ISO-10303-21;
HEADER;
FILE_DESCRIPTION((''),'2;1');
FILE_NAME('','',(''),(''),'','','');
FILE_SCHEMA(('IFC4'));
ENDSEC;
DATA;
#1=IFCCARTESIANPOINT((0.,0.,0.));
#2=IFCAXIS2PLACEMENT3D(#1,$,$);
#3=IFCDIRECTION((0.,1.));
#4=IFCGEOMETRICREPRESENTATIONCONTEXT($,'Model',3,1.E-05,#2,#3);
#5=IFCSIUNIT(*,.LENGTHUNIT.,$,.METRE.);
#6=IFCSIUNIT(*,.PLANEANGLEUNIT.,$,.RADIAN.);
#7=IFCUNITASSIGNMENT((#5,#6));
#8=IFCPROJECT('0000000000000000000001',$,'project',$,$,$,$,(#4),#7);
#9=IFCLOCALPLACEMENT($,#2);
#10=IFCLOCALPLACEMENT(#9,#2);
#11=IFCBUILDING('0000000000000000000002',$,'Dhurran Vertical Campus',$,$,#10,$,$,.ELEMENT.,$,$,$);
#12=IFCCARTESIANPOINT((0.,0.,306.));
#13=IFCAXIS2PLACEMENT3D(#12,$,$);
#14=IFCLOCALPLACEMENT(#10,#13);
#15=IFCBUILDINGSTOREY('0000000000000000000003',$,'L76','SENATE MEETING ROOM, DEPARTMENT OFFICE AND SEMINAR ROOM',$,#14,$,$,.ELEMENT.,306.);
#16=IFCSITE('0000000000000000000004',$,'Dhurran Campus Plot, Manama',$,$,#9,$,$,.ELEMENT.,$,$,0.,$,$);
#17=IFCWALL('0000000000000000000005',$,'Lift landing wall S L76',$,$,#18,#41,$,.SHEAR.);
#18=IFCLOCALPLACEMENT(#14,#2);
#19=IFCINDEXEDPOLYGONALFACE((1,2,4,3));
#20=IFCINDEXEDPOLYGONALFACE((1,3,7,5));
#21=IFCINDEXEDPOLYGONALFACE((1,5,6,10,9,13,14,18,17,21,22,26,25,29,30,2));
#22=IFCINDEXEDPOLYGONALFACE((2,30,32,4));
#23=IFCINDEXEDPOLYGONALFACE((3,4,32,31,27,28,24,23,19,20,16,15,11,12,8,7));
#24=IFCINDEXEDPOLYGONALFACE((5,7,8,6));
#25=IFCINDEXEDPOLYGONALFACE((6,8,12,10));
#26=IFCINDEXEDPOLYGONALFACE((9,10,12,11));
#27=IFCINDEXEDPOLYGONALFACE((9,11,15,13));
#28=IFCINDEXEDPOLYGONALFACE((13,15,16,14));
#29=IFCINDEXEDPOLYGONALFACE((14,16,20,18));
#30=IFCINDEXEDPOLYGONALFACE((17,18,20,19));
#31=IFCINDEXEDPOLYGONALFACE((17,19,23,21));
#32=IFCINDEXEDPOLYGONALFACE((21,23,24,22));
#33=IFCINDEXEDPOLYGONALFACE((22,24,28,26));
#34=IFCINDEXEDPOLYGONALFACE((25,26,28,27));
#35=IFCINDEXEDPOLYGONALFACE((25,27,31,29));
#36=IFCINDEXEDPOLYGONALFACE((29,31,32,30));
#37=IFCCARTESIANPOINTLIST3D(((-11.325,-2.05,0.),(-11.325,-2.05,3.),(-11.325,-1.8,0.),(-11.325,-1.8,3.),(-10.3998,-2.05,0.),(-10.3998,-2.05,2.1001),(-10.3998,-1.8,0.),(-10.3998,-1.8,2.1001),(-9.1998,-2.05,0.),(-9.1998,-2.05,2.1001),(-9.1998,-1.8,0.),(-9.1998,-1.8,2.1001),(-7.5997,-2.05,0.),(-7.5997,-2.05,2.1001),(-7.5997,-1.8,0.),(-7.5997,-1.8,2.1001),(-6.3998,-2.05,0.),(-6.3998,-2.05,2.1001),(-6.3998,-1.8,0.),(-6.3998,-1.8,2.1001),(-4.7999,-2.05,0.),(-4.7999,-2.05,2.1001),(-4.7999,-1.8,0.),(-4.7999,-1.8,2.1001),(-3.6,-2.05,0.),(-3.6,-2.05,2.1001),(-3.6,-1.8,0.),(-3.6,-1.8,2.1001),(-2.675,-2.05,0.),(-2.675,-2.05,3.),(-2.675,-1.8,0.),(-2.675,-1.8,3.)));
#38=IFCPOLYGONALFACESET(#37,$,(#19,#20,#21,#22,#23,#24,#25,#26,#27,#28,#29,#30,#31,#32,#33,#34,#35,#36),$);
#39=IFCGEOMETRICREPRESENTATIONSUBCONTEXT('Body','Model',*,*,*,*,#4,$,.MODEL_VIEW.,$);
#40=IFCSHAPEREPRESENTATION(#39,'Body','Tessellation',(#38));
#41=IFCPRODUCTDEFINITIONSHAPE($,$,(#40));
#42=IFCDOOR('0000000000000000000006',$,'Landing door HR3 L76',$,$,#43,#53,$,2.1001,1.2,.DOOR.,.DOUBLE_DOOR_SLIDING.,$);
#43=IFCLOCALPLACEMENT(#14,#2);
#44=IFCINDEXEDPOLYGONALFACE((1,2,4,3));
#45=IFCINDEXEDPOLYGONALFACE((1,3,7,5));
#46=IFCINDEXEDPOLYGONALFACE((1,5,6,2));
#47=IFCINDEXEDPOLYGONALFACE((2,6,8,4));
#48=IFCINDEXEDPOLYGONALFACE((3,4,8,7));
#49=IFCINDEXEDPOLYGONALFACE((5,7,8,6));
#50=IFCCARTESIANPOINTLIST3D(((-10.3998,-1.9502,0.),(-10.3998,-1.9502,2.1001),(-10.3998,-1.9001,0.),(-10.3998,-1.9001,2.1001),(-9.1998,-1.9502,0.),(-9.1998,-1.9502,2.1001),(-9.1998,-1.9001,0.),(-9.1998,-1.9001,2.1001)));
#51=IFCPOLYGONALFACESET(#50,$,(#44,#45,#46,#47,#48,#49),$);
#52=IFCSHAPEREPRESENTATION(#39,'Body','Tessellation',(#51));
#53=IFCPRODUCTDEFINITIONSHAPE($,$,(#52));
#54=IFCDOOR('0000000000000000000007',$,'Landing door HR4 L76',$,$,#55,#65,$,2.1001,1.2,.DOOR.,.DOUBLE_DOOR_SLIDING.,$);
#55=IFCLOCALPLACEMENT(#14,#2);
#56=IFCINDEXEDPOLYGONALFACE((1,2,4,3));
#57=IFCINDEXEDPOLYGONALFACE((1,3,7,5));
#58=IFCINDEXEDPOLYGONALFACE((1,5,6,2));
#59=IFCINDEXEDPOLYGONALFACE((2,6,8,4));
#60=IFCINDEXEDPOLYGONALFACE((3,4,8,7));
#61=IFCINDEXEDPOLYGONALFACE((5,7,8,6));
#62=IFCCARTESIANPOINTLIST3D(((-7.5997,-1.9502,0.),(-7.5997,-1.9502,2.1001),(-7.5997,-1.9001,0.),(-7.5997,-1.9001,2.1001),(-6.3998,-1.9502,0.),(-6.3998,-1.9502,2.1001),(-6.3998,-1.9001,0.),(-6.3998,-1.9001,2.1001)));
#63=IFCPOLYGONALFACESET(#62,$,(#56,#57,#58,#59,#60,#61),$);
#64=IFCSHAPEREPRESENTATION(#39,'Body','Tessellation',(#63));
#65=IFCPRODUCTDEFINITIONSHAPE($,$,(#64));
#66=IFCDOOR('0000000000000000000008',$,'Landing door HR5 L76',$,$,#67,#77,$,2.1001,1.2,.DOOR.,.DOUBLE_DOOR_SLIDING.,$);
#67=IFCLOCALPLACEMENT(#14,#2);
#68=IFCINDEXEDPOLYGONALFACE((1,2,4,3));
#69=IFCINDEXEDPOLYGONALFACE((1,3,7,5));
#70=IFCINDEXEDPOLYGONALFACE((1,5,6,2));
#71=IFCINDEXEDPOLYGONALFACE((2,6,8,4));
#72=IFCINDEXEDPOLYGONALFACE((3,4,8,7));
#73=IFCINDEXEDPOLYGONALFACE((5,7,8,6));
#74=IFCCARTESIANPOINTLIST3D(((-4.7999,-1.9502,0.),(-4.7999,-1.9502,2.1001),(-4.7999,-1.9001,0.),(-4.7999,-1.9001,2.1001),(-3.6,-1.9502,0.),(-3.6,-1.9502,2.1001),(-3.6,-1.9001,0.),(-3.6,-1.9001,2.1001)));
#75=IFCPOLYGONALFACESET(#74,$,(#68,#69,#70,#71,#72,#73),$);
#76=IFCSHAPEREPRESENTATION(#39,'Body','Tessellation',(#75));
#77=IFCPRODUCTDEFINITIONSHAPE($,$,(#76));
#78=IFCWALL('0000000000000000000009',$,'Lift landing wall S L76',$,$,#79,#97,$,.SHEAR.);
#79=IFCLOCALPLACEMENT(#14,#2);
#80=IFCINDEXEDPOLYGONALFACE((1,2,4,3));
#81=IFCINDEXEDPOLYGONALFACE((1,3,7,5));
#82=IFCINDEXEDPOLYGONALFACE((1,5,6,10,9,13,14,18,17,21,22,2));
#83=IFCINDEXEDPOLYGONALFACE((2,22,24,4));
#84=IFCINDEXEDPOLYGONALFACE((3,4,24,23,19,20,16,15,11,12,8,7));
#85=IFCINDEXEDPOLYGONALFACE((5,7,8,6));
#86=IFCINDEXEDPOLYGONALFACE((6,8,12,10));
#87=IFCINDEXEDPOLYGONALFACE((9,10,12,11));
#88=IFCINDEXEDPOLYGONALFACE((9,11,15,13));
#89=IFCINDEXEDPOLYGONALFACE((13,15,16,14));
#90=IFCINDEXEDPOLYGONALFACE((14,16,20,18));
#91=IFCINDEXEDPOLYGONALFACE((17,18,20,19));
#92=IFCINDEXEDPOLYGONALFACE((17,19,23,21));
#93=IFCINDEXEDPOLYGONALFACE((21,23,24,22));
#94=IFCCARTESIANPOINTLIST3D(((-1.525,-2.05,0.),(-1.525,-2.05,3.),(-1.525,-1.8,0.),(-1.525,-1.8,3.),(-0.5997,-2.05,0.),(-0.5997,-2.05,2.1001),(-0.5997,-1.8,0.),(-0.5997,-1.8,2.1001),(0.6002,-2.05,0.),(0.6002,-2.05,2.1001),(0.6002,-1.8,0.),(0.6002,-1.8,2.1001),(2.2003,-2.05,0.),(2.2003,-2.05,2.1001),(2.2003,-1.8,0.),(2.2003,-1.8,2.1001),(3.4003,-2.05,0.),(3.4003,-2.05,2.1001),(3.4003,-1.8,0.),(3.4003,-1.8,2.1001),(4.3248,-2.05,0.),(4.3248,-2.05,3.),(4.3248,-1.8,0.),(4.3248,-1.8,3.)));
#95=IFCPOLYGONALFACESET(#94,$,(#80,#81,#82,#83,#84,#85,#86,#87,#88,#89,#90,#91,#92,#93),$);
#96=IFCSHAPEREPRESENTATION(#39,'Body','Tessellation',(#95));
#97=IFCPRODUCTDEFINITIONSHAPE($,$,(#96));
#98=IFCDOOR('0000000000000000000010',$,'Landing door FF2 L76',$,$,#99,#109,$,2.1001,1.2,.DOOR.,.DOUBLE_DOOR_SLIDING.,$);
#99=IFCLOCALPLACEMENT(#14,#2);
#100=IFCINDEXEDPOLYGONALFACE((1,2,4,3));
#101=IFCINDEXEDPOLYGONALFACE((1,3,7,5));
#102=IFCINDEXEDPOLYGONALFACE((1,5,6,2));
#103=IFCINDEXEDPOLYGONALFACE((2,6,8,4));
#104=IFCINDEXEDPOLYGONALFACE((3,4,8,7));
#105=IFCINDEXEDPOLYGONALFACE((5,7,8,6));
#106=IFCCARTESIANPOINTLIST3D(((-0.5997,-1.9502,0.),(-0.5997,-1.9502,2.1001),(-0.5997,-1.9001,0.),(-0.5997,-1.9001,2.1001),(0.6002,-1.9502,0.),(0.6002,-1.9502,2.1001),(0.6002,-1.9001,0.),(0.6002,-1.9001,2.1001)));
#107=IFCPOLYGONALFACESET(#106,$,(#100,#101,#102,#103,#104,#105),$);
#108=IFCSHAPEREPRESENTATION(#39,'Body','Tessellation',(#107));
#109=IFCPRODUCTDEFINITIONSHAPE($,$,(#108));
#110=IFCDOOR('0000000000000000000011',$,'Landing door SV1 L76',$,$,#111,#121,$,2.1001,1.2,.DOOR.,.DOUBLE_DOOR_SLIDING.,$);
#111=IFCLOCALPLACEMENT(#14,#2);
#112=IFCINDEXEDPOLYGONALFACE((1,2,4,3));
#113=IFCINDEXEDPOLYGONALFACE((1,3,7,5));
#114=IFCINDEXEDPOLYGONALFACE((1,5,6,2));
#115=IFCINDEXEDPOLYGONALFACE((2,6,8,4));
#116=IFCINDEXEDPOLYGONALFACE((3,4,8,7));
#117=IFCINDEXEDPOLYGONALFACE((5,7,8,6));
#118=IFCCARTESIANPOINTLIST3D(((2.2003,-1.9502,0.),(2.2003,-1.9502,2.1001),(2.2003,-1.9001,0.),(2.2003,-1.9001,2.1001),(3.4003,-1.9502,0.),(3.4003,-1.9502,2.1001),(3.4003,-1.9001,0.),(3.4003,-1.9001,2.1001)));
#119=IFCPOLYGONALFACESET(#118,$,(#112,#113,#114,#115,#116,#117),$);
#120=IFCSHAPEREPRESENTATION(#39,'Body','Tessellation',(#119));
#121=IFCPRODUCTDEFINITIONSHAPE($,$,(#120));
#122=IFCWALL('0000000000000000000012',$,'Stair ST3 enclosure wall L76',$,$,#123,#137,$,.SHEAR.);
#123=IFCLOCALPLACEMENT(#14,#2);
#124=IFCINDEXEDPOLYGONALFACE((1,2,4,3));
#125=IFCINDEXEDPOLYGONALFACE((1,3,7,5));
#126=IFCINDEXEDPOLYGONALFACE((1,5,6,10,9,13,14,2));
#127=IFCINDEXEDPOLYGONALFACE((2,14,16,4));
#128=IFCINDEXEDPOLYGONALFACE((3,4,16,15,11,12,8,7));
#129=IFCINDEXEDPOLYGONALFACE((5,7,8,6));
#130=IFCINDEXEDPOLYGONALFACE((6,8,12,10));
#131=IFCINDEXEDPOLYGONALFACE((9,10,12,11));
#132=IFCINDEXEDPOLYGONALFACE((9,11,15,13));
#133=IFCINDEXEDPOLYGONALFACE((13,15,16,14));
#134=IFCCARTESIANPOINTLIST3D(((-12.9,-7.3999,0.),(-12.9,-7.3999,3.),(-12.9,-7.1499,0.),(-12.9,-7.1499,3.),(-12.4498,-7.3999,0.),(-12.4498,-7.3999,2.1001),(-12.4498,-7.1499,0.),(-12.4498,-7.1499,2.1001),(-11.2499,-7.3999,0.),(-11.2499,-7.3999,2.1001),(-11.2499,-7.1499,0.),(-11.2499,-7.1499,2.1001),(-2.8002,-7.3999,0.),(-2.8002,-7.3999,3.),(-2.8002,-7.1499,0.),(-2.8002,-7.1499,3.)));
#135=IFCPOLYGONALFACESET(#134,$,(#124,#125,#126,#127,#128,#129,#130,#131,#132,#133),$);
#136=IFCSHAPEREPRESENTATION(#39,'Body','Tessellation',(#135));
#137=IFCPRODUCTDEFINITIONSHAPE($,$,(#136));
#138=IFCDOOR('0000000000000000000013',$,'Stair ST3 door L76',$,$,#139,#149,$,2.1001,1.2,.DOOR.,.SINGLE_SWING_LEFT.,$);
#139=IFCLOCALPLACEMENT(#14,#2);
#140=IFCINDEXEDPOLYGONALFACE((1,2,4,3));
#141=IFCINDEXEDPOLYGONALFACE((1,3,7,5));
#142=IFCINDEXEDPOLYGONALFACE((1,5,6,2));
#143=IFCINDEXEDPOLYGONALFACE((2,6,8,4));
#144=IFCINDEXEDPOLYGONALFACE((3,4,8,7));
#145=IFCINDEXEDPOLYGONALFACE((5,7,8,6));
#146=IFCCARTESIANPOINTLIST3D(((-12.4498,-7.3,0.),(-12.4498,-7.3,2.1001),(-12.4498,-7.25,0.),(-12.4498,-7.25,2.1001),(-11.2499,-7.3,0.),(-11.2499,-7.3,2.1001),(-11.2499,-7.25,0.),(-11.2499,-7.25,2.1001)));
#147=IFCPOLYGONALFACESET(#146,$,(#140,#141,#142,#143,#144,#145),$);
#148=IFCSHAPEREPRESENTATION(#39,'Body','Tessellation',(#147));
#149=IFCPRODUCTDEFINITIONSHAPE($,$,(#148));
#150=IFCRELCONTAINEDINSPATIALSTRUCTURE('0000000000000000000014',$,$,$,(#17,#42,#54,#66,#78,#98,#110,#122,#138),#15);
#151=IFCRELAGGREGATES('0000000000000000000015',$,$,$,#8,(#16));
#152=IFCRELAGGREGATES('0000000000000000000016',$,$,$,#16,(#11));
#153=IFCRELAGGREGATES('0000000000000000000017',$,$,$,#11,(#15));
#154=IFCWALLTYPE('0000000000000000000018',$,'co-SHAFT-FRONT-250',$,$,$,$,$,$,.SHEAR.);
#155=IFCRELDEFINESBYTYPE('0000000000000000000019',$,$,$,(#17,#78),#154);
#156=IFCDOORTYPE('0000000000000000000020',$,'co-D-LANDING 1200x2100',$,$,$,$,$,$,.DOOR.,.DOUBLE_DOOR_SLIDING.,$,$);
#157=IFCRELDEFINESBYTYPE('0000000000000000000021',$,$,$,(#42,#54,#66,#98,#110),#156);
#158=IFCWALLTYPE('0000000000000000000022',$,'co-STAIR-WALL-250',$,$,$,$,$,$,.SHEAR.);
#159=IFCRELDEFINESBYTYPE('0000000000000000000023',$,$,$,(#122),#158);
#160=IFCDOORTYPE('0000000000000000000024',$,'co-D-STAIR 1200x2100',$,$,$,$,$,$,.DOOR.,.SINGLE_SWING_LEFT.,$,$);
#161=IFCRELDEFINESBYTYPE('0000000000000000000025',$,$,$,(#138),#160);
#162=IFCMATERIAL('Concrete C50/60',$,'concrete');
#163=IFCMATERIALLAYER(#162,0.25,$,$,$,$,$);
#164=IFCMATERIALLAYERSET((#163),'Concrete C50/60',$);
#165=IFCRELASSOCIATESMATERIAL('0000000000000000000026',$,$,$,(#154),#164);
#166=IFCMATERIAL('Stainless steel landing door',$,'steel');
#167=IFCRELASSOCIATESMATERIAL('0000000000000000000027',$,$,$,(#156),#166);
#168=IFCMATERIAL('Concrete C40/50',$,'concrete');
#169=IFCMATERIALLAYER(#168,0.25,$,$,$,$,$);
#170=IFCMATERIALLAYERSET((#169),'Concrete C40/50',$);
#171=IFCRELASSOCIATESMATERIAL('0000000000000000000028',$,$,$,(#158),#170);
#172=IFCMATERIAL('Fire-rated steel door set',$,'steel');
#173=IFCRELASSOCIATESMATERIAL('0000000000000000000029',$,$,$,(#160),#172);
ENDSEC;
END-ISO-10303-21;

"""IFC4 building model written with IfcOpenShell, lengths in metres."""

from ifc_helpers import new_model, si_unit, direction, frame, frame_2d, origin, place, context, subcontext, project, spatial, rectangle, extrude, material, layer, layer_set, type_object, element, fill, save


model = new_model("IFC4")

# Units and contexts
model_context = context("Model", 3, precision=1e-05, world=origin(), true_north=direction((0.0, 1.0)))
body_context = subcontext(model_context, "Body", "Model", "MODEL_VIEW")
ifc_project = project(units=[si_unit("LENGTHUNIT", "METRE"), si_unit("PLANEANGLEUNIT", "RADIAN")], contexts=[model_context])

# Site, building, storey
site_placement = place(None, origin())
site = spatial("IfcSite", under=ifc_project, at=site_placement, Name="Dhurran Campus Plot, Manama", CompositionType="ELEMENT", RefElevation=0.0)
building_placement = place(site_placement, origin())
building = spatial("IfcBuilding", under=site, at=building_placement, Name="Dhurran Vertical Campus", CompositionType="ELEMENT")
storey_placement = place(building_placement, frame((0.0, 0.0, 306.0)))
storey = spatial("IfcBuildingStorey", under=building, at=storey_placement, Name="L76", Description="SENATE MEETING ROOM, DEPARTMENT OFFICE AND SEMINAR ROOM", CompositionType="ELEMENT", Elevation=306.0)

# Walls, openings, doors
ifc_material_1 = material(Name="Concrete C50/60", Category="concrete")
ifc_layer_1 = layer(ifc_material_1, 0.25)
ifc_layer_set_1 = layer_set([ifc_layer_1], Name="Concrete C50/60")
wall_type_1 = type_object("IfcWallType", Name="co-SHAFT-FRONT-250", PredefinedType="SHEAR", material=ifc_layer_set_1)
wall_1_placement = place(storey_placement, frame((-11.325, -1.925, 0.0), z_axis=(0.0, 0.0, 1.0), x_axis=(1.0, 0.0, 0.0)))
wall_1 = element("IfcWall", 1, at=wall_1_placement, inside=storey, type_object=wall_type_1, Name="Lift landing wall S L76", PredefinedType="SHEAR", context=body_context, shape_type="SweptSolid", body=[
    extrude(rectangle(XDim=8.6499, YDim=0.25, at=frame_2d((4.325, 0.0))), origin(), (0.0, 0.0, 1.0), 3.0),
])
opening_1_placement = place(wall_1_placement, frame((0.925, 0.0, 0.0)))
opening_1 = element("IfcOpeningElement", 2, at=opening_1_placement, cuts=wall_1, PredefinedType="OPENING", context=body_context, shape_type="SweptSolid", body=[
    extrude(rectangle(XDim=1.2, YDim=2.1001, at=frame_2d((0.6001, 1.05))), frame((0.0, 0.135, 0.0), z_axis=(0.0, -1.0, 0.0), x_axis=(1.0, 0.0, 0.0)), (0.0, 0.0, 1.0), 0.27),
])
opening_2_placement = place(wall_1_placement, frame((3.7251, 0.0, 0.0)))
opening_2 = element("IfcOpeningElement", 3, at=opening_2_placement, cuts=wall_1, PredefinedType="OPENING", context=body_context, shape_type="SweptSolid", body=[
    extrude(rectangle(XDim=1.2, YDim=2.1001, at=frame_2d((0.6001, 1.05))), frame((0.0, 0.135, 0.0), z_axis=(0.0, -1.0, 0.0), x_axis=(1.0, 0.0, 0.0)), (0.0, 0.0, 1.0), 0.27),
])
opening_3_placement = place(wall_1_placement, frame((6.5249, 0.0, 0.0)))
opening_3 = element("IfcOpeningElement", 4, at=opening_3_placement, cuts=wall_1, PredefinedType="OPENING", context=body_context, shape_type="SweptSolid", body=[
    extrude(rectangle(XDim=1.2, YDim=2.1001, at=frame_2d((0.6001, 1.05))), frame((0.0, 0.135, 0.0), z_axis=(0.0, -1.0, 0.0), x_axis=(1.0, 0.0, 0.0)), (0.0, 0.0, 1.0), 0.27),
])
ifc_material_2 = material(Name="Stainless steel landing door", Category="steel")
door_type_1 = type_object("IfcDoorType", Name="co-D-LANDING 1200x2100", OperationType="DOUBLE_DOOR_SLIDING", PredefinedType="DOOR", material=ifc_material_2)
door_1_placement = place(opening_1_placement, origin())
door_1 = element("IfcDoor", 5, at=door_1_placement, inside=storey, type_object=door_type_1, Name="Landing door HR3 L76", OperationType="DOUBLE_DOOR_SLIDING", OverallHeight=2.1001, OverallWidth=1.2, PredefinedType="DOOR", context=body_context, shape_type="SweptSolid", body=[
    extrude(rectangle(XDim=1.2, YDim=2.1001, at=frame_2d((0.6001, 1.05))), frame((0.0, 0.0249, 0.0), z_axis=(0.0, -1.0, 0.0), x_axis=(1.0, 0.0, 0.0)), (0.0, 0.0, 1.0), 0.05),
])
fill(opening_1, door_1)
door_2_placement = place(opening_2_placement, origin())
door_2 = element("IfcDoor", 6, at=door_2_placement, inside=storey, type_object=door_type_1, Name="Landing door HR4 L76", OperationType="DOUBLE_DOOR_SLIDING", OverallHeight=2.1001, OverallWidth=1.2, PredefinedType="DOOR", context=body_context, shape_type="SweptSolid", body=[
    extrude(rectangle(XDim=1.2, YDim=2.1001, at=frame_2d((0.6001, 1.05))), frame((0.0, 0.0249, 0.0), z_axis=(0.0, -1.0, 0.0), x_axis=(1.0, 0.0, 0.0)), (0.0, 0.0, 1.0), 0.05),
])
fill(opening_2, door_2)
door_3_placement = place(opening_3_placement, origin())
door_3 = element("IfcDoor", 7, at=door_3_placement, inside=storey, type_object=door_type_1, Name="Landing door HR5 L76", OperationType="DOUBLE_DOOR_SLIDING", OverallHeight=2.1001, OverallWidth=1.2, PredefinedType="DOOR", context=body_context, shape_type="SweptSolid", body=[
    extrude(rectangle(XDim=1.2, YDim=2.1001, at=frame_2d((0.6001, 1.05))), frame((0.0, 0.0249, 0.0), z_axis=(0.0, -1.0, 0.0), x_axis=(1.0, 0.0, 0.0)), (0.0, 0.0, 1.0), 0.05),
])
fill(opening_3, door_3)
wall_2_placement = place(storey_placement, frame((-1.5249, -1.925, 0.0), z_axis=(0.0, 0.0, 1.0), x_axis=(1.0, 0.0, 0.0)))
wall_2 = element("IfcWall", 8, at=wall_2_placement, inside=storey, type_object=wall_type_1, Name="Lift landing wall S L76", PredefinedType="SHEAR", context=body_context, shape_type="SweptSolid", body=[
    extrude(rectangle(XDim=5.8499, YDim=0.25, at=frame_2d((2.9248, 0.0))), origin(), (0.0, 0.0, 1.0), 3.0),
])
opening_4_placement = place(wall_2_placement, frame((0.925, 0.0, 0.0)))
opening_4 = element("IfcOpeningElement", 9, at=opening_4_placement, cuts=wall_2, PredefinedType="OPENING", context=body_context, shape_type="SweptSolid", body=[
    extrude(rectangle(XDim=1.2, YDim=2.1001, at=frame_2d((0.6001, 1.05))), frame((0.0, 0.135, 0.0), z_axis=(0.0, -1.0, 0.0), x_axis=(1.0, 0.0, 0.0)), (0.0, 0.0, 1.0), 0.27),
])
opening_5_placement = place(wall_2_placement, frame((3.7251, 0.0, 0.0)))
opening_5 = element("IfcOpeningElement", 10, at=opening_5_placement, cuts=wall_2, PredefinedType="OPENING", context=body_context, shape_type="SweptSolid", body=[
    extrude(rectangle(XDim=1.2, YDim=2.1001, at=frame_2d((0.6001, 1.05))), frame((0.0, 0.135, 0.0), z_axis=(0.0, -1.0, 0.0), x_axis=(1.0, 0.0, 0.0)), (0.0, 0.0, 1.0), 0.27),
])
door_4_placement = place(opening_4_placement, origin())
door_4 = element("IfcDoor", 11, at=door_4_placement, inside=storey, type_object=door_type_1, Name="Landing door FF2 L76", OperationType="DOUBLE_DOOR_SLIDING", OverallHeight=2.1001, OverallWidth=1.2, PredefinedType="DOOR", context=body_context, shape_type="SweptSolid", body=[
    extrude(rectangle(XDim=1.2, YDim=2.1001, at=frame_2d((0.6001, 1.05))), frame((0.0, 0.0249, 0.0), z_axis=(0.0, -1.0, 0.0), x_axis=(1.0, 0.0, 0.0)), (0.0, 0.0, 1.0), 0.05),
])
fill(opening_4, door_4)
door_5_placement = place(opening_5_placement, origin())
door_5 = element("IfcDoor", 12, at=door_5_placement, inside=storey, type_object=door_type_1, Name="Landing door SV1 L76", OperationType="DOUBLE_DOOR_SLIDING", OverallHeight=2.1001, OverallWidth=1.2, PredefinedType="DOOR", context=body_context, shape_type="SweptSolid", body=[
    extrude(rectangle(XDim=1.2, YDim=2.1001, at=frame_2d((0.6001, 1.05))), frame((0.0, 0.0249, 0.0), z_axis=(0.0, -1.0, 0.0), x_axis=(1.0, 0.0, 0.0)), (0.0, 0.0, 1.0), 0.05),
])
fill(opening_5, door_5)

# Wall, opening, door
ifc_material_3 = material(Name="Concrete C40/50", Category="concrete")
ifc_layer_2 = layer(ifc_material_3, 0.25)
ifc_layer_set_2 = layer_set([ifc_layer_2], Name="Concrete C40/50")
wall_type_2 = type_object("IfcWallType", Name="co-STAIR-WALL-250", PredefinedType="SHEAR", material=ifc_layer_set_2)
wall_3_placement = place(storey_placement, frame((-12.8999, -7.2749, 0.0), z_axis=(0.0, 0.0, 1.0), x_axis=(1.0, 0.0, 0.0)))
wall_3 = element("IfcWall", 13, at=wall_3_placement, inside=storey, type_object=wall_type_2, Name="Stair ST3 enclosure wall L76", PredefinedType="SHEAR", context=body_context, shape_type="SweptSolid", body=[
    extrude(rectangle(XDim=10.0999, YDim=0.25, at=frame_2d((5.0498, 0.0))), origin(), (0.0, 0.0, 1.0), 3.0),
])
opening_6_placement = place(wall_3_placement, frame((0.45, 0.0, 0.0)))
opening_6 = element("IfcOpeningElement", 14, at=opening_6_placement, cuts=wall_3, PredefinedType="OPENING", context=body_context, shape_type="SweptSolid", body=[
    extrude(rectangle(XDim=1.2, YDim=2.1001, at=frame_2d((0.6001, 1.05))), frame((0.0, 0.135, 0.0), z_axis=(0.0, -1.0, 0.0), x_axis=(1.0, 0.0, 0.0)), (0.0, 0.0, 1.0), 0.27),
])
ifc_material_4 = material(Name="Fire-rated steel door set", Category="steel")
door_type_2 = type_object("IfcDoorType", Name="co-D-STAIR 1200x2100", OperationType="SINGLE_SWING_LEFT", PredefinedType="DOOR", material=ifc_material_4)
door_6_placement = place(opening_6_placement, origin())
door_6 = element("IfcDoor", 15, at=door_6_placement, inside=storey, type_object=door_type_2, Name="Stair ST3 door L76", OperationType="SINGLE_SWING_LEFT", OverallHeight=2.1001, OverallWidth=1.2, PredefinedType="DOOR", context=body_context, shape_type="SweptSolid", body=[
    extrude(rectangle(XDim=1.2, YDim=2.1001, at=frame_2d((0.6001, 1.05))), frame((0.0, 0.0249, 0.0), z_axis=(0.0, -1.0, 0.0), x_axis=(1.0, 0.0, 0.0)), (0.0, 0.0, 1.0), 0.05),
])
fill(opening_6, door_6)

save(model, "model.ifc")
